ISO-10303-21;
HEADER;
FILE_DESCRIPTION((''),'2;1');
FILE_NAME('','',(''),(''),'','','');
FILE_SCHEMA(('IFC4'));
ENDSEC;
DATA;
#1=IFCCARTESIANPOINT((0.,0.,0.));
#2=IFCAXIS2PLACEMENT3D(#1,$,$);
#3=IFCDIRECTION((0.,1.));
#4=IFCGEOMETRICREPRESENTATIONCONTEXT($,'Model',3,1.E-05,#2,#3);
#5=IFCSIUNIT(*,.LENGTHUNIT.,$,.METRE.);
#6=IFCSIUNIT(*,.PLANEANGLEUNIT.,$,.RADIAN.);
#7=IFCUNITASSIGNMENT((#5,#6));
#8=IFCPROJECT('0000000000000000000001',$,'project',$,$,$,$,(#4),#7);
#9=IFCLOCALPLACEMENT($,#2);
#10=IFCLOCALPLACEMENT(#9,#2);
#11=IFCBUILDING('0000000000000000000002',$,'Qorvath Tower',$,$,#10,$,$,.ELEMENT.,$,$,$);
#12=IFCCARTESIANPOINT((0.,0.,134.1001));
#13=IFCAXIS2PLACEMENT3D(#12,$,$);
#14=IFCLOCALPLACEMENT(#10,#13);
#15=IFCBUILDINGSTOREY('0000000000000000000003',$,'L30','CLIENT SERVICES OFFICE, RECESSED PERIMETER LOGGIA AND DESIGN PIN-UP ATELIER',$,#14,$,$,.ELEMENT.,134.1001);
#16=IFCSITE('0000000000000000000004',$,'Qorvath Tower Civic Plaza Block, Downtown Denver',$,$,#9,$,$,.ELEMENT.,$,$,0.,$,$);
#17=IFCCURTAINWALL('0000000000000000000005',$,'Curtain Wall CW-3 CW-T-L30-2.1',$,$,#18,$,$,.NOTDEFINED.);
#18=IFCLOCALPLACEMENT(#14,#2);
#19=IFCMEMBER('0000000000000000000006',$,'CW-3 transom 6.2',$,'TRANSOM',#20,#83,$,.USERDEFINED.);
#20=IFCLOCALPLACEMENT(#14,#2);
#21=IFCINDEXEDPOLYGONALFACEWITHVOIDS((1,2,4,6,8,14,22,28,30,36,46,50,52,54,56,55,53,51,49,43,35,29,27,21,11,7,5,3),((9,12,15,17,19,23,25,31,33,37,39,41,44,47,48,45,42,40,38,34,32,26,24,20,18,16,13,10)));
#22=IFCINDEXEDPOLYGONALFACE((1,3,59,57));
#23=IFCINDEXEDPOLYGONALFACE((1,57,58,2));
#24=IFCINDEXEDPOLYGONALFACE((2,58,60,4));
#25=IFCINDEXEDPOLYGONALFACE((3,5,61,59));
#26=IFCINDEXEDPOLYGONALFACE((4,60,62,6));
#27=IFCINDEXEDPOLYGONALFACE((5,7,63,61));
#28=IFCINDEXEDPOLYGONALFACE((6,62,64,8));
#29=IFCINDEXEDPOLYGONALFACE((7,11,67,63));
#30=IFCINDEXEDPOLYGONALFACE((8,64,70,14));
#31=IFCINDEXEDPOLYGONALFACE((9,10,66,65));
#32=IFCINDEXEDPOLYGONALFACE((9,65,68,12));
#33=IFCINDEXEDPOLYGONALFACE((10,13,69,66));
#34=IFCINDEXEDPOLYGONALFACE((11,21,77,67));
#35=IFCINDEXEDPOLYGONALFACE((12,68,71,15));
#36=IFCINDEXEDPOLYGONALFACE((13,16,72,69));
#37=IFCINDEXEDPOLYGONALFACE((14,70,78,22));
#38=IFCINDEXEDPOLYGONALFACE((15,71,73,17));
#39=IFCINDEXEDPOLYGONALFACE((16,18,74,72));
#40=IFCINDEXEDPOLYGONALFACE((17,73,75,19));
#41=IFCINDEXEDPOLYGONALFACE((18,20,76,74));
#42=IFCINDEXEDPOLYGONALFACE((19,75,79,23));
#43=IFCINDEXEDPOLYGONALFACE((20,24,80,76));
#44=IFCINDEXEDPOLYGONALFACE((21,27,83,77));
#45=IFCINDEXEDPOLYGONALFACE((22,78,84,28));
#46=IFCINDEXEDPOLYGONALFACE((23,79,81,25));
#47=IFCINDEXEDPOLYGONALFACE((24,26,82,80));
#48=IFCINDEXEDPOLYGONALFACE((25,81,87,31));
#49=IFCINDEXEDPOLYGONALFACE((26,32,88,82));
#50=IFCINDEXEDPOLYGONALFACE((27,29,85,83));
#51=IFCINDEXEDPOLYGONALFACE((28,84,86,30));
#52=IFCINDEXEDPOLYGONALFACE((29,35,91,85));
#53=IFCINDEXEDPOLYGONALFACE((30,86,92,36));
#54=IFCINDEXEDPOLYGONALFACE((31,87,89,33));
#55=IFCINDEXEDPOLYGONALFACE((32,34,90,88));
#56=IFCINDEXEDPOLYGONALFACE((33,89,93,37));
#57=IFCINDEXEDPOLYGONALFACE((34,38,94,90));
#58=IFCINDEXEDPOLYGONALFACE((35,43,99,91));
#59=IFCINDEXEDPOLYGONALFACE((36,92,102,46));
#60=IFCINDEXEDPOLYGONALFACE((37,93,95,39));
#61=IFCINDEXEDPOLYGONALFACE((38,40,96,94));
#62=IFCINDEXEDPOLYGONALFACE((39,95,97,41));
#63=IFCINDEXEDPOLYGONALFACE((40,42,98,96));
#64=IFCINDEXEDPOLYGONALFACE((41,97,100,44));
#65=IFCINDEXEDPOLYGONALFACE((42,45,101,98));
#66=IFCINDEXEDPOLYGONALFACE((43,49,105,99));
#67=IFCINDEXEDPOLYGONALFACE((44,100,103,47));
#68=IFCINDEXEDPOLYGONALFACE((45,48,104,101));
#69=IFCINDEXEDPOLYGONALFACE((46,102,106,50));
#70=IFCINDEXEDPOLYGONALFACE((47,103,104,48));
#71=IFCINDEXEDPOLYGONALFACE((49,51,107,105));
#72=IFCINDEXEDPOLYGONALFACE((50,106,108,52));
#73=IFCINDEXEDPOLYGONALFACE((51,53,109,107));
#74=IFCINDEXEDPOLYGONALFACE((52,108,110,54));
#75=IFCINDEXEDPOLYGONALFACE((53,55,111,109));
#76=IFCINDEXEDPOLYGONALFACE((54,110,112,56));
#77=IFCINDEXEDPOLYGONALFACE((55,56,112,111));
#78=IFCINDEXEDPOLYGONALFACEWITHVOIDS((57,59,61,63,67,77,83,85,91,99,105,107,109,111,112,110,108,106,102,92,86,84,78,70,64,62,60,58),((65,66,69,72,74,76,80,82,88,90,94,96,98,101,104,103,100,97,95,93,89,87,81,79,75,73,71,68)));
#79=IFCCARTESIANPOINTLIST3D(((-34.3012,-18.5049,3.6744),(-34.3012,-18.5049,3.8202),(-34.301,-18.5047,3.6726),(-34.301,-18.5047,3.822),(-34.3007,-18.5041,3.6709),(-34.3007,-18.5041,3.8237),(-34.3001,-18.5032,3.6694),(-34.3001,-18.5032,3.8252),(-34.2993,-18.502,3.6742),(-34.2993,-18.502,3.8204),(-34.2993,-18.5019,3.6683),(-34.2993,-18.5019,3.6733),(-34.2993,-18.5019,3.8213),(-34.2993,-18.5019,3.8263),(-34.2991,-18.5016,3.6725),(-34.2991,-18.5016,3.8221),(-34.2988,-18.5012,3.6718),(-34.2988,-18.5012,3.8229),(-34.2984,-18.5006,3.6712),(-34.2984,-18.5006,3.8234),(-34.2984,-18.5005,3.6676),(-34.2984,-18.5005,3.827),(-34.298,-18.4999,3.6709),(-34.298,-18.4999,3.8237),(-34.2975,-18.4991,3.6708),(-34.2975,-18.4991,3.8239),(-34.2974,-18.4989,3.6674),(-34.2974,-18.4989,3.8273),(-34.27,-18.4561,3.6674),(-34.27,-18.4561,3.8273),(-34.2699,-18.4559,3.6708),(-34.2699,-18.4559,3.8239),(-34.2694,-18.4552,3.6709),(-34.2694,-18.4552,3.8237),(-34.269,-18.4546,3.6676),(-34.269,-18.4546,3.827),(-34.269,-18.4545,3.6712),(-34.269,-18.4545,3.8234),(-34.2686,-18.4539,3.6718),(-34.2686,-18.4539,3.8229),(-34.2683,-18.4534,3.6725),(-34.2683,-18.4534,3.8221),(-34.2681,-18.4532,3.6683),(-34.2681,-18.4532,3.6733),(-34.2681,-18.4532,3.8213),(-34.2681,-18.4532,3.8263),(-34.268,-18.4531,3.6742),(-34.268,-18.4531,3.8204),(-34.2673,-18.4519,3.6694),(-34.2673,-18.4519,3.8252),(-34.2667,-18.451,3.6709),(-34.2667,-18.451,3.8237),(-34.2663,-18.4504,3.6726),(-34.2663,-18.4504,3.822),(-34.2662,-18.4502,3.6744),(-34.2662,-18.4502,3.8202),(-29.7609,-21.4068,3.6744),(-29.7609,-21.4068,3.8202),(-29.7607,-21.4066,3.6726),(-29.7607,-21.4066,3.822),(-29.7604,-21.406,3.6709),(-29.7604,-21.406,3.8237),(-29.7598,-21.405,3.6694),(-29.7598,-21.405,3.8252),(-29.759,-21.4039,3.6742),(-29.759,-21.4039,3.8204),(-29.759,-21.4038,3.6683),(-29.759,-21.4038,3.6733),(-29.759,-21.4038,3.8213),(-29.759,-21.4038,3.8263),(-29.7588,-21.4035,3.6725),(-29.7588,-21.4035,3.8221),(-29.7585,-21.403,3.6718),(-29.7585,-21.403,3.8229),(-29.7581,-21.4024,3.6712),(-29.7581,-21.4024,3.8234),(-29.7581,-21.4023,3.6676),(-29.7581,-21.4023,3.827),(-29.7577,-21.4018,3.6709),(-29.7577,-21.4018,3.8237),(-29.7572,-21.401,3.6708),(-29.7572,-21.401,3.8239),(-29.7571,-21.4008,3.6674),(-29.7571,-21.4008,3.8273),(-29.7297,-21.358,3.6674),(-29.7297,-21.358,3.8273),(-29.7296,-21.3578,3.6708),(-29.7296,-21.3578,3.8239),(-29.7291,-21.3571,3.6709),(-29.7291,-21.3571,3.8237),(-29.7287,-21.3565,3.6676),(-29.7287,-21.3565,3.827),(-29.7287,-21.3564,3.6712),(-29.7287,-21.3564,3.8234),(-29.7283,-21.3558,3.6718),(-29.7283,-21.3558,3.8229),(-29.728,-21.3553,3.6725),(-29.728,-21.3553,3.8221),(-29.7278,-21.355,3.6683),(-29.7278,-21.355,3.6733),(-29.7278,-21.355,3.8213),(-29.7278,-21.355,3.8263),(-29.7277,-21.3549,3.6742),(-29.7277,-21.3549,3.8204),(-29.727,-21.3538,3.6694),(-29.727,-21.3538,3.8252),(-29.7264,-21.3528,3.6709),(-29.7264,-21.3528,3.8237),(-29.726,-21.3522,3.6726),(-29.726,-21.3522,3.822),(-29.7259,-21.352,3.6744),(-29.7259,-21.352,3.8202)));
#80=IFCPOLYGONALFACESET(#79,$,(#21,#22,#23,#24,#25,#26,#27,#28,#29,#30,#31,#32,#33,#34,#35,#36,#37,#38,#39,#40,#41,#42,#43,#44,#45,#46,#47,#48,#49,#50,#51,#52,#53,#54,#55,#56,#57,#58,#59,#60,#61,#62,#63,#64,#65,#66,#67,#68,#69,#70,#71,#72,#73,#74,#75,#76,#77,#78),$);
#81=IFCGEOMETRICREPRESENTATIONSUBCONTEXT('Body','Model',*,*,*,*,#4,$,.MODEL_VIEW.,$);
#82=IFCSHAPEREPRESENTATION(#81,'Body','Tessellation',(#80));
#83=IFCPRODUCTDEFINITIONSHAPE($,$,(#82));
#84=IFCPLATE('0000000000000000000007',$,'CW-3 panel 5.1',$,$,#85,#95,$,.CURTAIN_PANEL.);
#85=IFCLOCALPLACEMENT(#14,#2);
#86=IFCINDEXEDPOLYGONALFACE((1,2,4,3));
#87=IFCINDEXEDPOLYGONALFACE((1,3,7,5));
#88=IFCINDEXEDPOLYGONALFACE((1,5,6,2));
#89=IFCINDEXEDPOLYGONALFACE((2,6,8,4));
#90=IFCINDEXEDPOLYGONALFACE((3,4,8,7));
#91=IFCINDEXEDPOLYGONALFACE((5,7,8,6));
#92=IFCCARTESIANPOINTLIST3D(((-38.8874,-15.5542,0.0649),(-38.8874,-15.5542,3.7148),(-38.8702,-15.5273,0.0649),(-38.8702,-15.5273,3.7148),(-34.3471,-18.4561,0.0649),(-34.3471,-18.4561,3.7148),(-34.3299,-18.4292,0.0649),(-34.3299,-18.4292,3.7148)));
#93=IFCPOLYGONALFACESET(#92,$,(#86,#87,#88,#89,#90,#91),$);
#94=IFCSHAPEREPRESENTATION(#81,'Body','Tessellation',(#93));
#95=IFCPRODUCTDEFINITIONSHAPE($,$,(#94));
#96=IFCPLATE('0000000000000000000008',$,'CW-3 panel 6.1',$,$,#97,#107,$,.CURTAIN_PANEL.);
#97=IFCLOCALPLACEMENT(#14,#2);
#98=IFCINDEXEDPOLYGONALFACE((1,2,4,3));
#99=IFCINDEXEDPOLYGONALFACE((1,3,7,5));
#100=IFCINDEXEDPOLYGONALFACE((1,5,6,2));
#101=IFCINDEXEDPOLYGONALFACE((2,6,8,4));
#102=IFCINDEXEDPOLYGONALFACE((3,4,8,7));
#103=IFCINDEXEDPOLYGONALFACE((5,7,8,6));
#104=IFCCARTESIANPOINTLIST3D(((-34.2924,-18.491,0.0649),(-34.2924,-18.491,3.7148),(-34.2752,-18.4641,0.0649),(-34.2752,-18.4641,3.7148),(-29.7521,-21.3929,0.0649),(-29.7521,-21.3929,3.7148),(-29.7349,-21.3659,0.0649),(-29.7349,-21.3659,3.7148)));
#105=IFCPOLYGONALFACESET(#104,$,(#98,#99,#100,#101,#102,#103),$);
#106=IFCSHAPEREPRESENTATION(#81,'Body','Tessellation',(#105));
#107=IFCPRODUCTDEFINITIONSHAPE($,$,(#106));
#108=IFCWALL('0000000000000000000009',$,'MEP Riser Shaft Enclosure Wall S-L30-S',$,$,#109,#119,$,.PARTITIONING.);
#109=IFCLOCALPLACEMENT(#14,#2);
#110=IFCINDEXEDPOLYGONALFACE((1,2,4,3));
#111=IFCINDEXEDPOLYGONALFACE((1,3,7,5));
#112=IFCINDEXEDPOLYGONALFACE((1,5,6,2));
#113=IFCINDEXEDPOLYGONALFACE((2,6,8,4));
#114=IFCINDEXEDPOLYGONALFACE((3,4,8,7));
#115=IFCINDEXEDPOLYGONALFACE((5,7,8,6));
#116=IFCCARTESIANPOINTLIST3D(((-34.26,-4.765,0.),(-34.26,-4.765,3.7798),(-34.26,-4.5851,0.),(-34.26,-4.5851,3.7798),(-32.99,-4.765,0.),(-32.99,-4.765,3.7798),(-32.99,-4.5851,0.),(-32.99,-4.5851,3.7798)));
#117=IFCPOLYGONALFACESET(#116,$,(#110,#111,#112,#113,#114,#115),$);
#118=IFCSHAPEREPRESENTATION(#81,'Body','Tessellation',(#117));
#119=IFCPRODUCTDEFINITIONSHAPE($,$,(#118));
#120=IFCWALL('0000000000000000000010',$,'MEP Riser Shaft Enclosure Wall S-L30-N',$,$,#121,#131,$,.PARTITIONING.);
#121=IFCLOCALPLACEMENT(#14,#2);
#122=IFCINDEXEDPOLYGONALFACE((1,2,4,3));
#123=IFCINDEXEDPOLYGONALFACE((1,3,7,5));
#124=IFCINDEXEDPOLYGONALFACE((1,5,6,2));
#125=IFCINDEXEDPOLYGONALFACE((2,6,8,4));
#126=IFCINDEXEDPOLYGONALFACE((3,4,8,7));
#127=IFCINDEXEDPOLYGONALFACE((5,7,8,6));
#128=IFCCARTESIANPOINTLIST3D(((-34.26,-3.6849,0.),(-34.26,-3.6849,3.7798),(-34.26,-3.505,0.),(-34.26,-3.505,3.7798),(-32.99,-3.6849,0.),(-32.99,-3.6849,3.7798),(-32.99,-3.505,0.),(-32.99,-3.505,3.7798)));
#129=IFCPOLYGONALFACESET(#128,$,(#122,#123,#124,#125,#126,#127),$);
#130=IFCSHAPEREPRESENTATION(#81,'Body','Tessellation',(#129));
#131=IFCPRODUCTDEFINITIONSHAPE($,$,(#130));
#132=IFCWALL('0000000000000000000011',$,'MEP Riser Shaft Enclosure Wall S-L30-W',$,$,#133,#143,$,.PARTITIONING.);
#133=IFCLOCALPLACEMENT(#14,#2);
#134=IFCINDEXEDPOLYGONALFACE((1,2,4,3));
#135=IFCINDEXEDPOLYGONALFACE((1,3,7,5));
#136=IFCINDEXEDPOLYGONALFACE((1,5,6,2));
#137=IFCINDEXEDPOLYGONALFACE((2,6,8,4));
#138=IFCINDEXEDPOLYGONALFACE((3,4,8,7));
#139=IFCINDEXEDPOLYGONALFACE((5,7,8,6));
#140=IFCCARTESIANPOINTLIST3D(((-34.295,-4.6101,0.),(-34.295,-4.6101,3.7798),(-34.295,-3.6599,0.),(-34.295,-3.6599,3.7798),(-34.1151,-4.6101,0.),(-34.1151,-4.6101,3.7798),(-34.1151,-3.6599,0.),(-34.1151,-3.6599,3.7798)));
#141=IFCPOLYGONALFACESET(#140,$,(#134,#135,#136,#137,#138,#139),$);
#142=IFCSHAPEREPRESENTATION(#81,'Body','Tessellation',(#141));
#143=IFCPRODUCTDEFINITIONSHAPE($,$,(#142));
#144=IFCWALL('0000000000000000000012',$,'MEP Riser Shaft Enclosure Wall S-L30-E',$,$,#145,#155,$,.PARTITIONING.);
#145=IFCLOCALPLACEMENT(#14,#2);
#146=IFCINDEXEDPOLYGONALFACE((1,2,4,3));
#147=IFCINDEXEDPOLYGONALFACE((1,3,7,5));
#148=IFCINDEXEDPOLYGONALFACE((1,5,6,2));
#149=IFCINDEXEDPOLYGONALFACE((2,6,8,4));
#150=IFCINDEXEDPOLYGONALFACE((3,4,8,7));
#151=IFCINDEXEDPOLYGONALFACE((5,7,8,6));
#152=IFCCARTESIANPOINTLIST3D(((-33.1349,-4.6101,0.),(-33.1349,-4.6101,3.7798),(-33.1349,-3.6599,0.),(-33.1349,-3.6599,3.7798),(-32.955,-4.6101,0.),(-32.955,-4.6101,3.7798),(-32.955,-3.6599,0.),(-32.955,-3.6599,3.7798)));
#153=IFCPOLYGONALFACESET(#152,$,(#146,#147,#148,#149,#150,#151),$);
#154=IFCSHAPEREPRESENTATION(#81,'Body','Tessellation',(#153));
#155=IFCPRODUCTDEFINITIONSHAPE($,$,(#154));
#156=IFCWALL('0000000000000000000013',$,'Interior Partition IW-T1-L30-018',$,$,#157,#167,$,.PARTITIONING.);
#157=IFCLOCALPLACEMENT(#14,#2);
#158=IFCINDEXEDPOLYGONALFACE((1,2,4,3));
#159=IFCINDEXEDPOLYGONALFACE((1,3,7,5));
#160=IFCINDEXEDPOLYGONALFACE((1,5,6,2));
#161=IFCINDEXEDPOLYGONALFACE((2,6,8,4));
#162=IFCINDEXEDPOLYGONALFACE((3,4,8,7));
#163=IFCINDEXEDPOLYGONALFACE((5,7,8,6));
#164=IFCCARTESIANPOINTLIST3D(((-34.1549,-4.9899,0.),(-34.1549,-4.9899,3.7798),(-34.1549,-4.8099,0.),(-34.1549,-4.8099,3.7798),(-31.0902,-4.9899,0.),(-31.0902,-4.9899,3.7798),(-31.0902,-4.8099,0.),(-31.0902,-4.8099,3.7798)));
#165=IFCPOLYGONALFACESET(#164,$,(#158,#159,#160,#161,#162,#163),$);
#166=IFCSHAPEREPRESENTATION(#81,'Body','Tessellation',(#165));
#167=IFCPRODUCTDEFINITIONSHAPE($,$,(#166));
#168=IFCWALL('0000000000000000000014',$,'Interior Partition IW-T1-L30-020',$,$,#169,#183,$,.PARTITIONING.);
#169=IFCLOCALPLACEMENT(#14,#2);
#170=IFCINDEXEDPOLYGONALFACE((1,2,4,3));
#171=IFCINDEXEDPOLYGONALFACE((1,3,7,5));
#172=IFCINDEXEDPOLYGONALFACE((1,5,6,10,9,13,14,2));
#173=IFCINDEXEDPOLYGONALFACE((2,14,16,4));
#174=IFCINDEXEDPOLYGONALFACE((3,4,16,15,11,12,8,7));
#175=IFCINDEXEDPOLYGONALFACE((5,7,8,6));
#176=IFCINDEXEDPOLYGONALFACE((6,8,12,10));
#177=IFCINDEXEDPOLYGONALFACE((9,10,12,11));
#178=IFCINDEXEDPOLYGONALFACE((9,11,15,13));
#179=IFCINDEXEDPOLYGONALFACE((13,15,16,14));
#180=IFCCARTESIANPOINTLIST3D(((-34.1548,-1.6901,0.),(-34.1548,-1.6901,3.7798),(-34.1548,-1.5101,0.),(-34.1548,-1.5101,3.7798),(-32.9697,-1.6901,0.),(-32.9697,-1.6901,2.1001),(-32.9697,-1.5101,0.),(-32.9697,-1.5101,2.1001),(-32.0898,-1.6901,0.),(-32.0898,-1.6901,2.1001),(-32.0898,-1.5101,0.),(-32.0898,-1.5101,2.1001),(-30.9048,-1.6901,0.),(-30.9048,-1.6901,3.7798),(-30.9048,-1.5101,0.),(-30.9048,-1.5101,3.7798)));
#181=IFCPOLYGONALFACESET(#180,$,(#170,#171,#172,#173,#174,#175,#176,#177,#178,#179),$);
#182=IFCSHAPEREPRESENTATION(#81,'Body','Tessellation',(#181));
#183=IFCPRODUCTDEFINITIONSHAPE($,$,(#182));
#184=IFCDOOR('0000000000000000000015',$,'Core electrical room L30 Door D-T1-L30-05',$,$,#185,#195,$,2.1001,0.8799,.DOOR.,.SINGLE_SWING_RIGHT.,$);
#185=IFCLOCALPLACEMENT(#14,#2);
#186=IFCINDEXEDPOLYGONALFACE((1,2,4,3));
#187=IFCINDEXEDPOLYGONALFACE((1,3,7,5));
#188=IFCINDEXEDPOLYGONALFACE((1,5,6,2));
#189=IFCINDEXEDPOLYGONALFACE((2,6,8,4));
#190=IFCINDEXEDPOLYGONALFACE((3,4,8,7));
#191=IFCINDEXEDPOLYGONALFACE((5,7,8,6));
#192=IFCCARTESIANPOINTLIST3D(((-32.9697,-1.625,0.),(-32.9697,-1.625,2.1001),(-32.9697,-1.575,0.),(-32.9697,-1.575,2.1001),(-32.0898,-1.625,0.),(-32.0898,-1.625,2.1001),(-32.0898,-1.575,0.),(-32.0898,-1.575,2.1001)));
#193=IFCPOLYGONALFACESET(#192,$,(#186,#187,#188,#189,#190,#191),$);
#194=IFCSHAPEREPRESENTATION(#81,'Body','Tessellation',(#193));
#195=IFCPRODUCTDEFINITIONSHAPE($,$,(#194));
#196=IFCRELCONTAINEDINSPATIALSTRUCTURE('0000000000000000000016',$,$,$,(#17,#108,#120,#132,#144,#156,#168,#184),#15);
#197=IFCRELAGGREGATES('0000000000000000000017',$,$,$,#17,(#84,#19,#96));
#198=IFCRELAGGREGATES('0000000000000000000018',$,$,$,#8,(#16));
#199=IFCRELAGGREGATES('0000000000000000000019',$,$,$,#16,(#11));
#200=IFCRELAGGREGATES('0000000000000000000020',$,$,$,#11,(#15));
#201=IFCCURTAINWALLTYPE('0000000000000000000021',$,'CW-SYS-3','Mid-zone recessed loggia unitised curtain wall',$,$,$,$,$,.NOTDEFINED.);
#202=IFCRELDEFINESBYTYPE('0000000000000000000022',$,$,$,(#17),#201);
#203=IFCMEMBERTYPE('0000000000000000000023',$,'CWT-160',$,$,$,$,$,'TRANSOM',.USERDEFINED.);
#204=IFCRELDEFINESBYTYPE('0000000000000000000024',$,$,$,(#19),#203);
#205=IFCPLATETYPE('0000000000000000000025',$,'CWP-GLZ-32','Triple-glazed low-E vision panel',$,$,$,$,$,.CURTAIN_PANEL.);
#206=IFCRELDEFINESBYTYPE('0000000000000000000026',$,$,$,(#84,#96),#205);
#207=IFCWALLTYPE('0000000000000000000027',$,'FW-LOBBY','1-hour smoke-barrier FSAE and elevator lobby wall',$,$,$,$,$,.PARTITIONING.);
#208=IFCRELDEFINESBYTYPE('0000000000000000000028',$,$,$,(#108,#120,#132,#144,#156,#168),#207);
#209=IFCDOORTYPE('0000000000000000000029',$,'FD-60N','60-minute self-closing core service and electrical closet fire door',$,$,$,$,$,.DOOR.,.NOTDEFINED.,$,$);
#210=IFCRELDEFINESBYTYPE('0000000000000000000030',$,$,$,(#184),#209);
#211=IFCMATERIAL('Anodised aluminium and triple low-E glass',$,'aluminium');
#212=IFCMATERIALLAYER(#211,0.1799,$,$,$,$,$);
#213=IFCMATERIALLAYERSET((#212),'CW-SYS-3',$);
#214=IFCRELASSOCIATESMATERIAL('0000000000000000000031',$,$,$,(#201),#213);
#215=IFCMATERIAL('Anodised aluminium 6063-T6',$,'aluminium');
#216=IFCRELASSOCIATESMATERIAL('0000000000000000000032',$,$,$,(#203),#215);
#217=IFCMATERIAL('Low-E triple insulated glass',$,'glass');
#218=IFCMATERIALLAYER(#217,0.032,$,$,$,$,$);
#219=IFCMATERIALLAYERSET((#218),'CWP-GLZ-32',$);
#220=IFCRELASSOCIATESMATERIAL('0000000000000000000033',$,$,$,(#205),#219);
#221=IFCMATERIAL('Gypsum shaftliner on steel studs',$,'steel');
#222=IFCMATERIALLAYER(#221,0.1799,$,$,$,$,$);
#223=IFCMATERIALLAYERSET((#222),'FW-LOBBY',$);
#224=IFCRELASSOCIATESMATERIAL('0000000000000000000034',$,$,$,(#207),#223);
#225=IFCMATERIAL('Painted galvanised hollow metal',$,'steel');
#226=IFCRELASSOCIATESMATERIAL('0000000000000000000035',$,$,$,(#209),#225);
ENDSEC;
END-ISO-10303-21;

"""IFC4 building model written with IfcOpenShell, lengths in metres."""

from ifc_helpers import new_model, si_unit, direction, frame, frame_2d, origin, origin_2d, place, context, subcontext, project, spatial, rectangle, hollow_rectangle, extrude, material, layer, layer_set, material_profile, profile_set, type_object, element, fill, aggregate, save


model = new_model("IFC4")

# Units and contexts
model_context = context("Model", 3, precision=1e-05, world=origin(), true_north=direction((0.0, 1.0)))
body_context = subcontext(model_context, "Body", "Model", "MODEL_VIEW")
ifc_project = project(units=[si_unit("LENGTHUNIT", "METRE"), si_unit("PLANEANGLEUNIT", "RADIAN")], contexts=[model_context])

# Site, building, storey
site_placement = place(None, origin())
site = spatial("IfcSite", under=ifc_project, at=site_placement, Name="Qorvath Tower Civic Plaza Block, Downtown Denver", CompositionType="ELEMENT", RefElevation=0.0)
building_placement = place(site_placement, origin())
building = spatial("IfcBuilding", under=site, at=building_placement, Name="Qorvath Tower", CompositionType="ELEMENT")
storey_placement = place(building_placement, frame((0.0, 0.0, 134.1001)))
storey = spatial("IfcBuildingStorey", under=building, at=storey_placement, Name="L30", Description="CLIENT SERVICES OFFICE, RECESSED PERIMETER LOGGIA AND DESIGN PIN-UP ATELIER", CompositionType="ELEMENT", Elevation=134.1001)

# Curtain wall, member, plates
ifc_material_1 = material(Name="Anodised aluminium and triple low-E glass", Category="aluminium")
ifc_layer_1 = layer(ifc_material_1, 0.1799)
ifc_layer_set_1 = layer_set([ifc_layer_1], Name="CW-SYS-3")
curtain_wall_type = type_object("IfcCurtainWallType", Name="CW-SYS-3", Description="Mid-zone recessed loggia unitised curtain wall", PredefinedType="NOTDEFINED", material=ifc_layer_set_1)
curtain_wall_placement = place(storey_placement, origin())
curtain_wall = element("IfcCurtainWall", 1, at=curtain_wall_placement, inside=storey, type_object=curtain_wall_type, Name="Curtain Wall CW-3 CW-T-L30-2.1", PredefinedType="NOTDEFINED")
ifc_material_2 = material(Name="Anodised aluminium 6063-T6", Category="aluminium")
ifc_material_profile_1 = material_profile(ifc_material_2, hollow_rectangle(XDim=0.0649, YDim=0.1599, WallThickness=0.0034, InnerFilletRadius=0.0034, OuterFilletRadius=0.0071, at=origin_2d()), Name="CWT 160x65")
ifc_profile_set_1 = profile_set([ifc_material_profile_1], Name="Anodised aluminium 6063-T6")
member_type_1 = type_object("IfcMemberType", Name="CWT-160", ElementType="TRANSOM", PredefinedType="USERDEFINED", material=ifc_profile_set_1)
member_1_placement = place(storey_placement, frame((-34.2837, -18.4775, 3.7473), z_axis=(0.842602, -0.538537, 0.0), x_axis=(0.538537, 0.842602, 0.0)))
member_1 = element("IfcMember", 2, at=member_1_placement, type_object=member_type_1, Name="CW-3 transom 6.2", ObjectType="TRANSOM", PredefinedType="USERDEFINED", context=body_context, shape_type="SweptSolid", body=[
    extrude(hollow_rectangle(XDim=0.0649, YDim=0.1599, WallThickness=0.0034, InnerFilletRadius=0.0034, OuterFilletRadius=0.0071, at=origin_2d()), origin(), (0.0, 0.0, 1.0), 5.3884),
])
ifc_material_3 = material(Name="Low-E triple insulated glass", Category="glass")
ifc_layer_2 = layer(ifc_material_3, 0.032)
ifc_layer_set_2 = layer_set([ifc_layer_2], Name="CWP-GLZ-32")
plate_type = type_object("IfcPlateType", Name="CWP-GLZ-32", Description="Triple-glazed low-E vision panel", PredefinedType="CURTAIN_PANEL", material=ifc_layer_set_2)
plate_1_placement = place(storey_placement, frame((-36.6086, -16.9917, 0.0649), z_axis=(0.0, 0.0, 1.0), x_axis=(0.842604, -0.538534, 0.0)))
plate_1 = element("IfcPlate", 3, at=plate_1_placement, type_object=plate_type, Name="CW-3 panel 5.1", PredefinedType="CURTAIN_PANEL", context=body_context, shape_type="SweptSolid", body=[
    extrude(rectangle(XDim=5.3884, YDim=0.032, at=origin_2d()), origin(), (0.0, 0.0, 1.0), 3.6499),
])
plate_2_placement = place(storey_placement, frame((-32.0137, -19.9285, 0.0649), z_axis=(0.0, 0.0, 1.0), x_axis=(0.842604, -0.538534, 0.0)))
plate_2 = element("IfcPlate", 4, at=plate_2_placement, type_object=plate_type, Name="CW-3 panel 6.1", PredefinedType="CURTAIN_PANEL", context=body_context, shape_type="SweptSolid", body=[
    extrude(rectangle(XDim=5.3884, YDim=0.032, at=origin_2d()), origin(), (0.0, 0.0, 1.0), 3.6499),
])
aggregate(curtain_wall, [plate_1, member_1, plate_2])

# Walls
ifc_material_4 = material(Name="Gypsum shaftliner on steel studs", Category="steel")
ifc_layer_3 = layer(ifc_material_4, 0.1799)
ifc_layer_set_3 = layer_set([ifc_layer_3], Name="FW-LOBBY")
wall_type_1 = type_object("IfcWallType", Name="FW-LOBBY", Description="1-hour smoke-barrier FSAE and elevator lobby wall", PredefinedType="PARTITIONING", material=ifc_layer_set_3)
for number, where, z_axis, x_axis, name in (
    (5, (-32.99, -4.675, 0.0), (0.0, 0.0, 1.0), (-1.0, 0.0, 0.0), "MEP Riser Shaft Enclosure Wall S-L30-S"),
    (6, (-34.26, -3.595, 0.0), (0.0, 0.0, 1.0), (1.0, 0.0, 0.0), "MEP Riser Shaft Enclosure Wall S-L30-N"),
):
    element("IfcWall", number, at=place(storey_placement, frame(where, z_axis=z_axis, x_axis=x_axis)), inside=storey, type_object=wall_type_1, Name=name, PredefinedType="PARTITIONING", context=body_context, shape_type="SweptSolid", body=[
        extrude(rectangle(XDim=1.27, YDim=0.1799, at=frame_2d((0.635, 0.0))), origin(), (0.0, 0.0, 1.0), 3.7798),
    ])
for number, where, z_axis, x_axis, name in (
    (7, (-34.2051, -4.6101, 0.0), (0.0, 0.0, 1.0), (0.0, 1.0, 0.0), "MEP Riser Shaft Enclosure Wall S-L30-W"),
    (8, (-33.0449, -3.6599, 0.0), (0.0, 0.0, 1.0), (0.0, -1.0, 0.0), "MEP Riser Shaft Enclosure Wall S-L30-E"),
):
    element("IfcWall", number, at=place(storey_placement, frame(where, z_axis=z_axis, x_axis=x_axis)), inside=storey, type_object=wall_type_1, Name=name, PredefinedType="PARTITIONING", context=body_context, shape_type="SweptSolid", body=[
        extrude(rectangle(XDim=0.9502, YDim=0.1799, at=frame_2d((0.4751, 0.0))), origin(), (0.0, 0.0, 1.0), 3.7798),
    ])
wall_1_placement = place(storey_placement, frame((-34.1548, -4.8999, 0.0), z_axis=(0.0, 0.0, 1.0), x_axis=(1.0, 0.0, 0.0)))
element("IfcWall", 9, at=wall_1_placement, inside=storey, type_object=wall_type_1, Name="Interior Partition IW-T1-L30-018", PredefinedType="PARTITIONING", context=body_context, shape_type="SweptSolid", body=[
    extrude(rectangle(XDim=3.0647, YDim=0.1799, at=frame_2d((1.5322, 0.0))), origin(), (0.0, 0.0, 1.0), 3.7798),
])

# Wall, opening, door
wall_2_placement = place(storey_placement, frame((-30.9048, -1.6001, 0.0), z_axis=(0.0, 0.0, 1.0), x_axis=(-1.0, 0.0, 0.0)))
wall_2 = element("IfcWall", 10, at=wall_2_placement, inside=storey, type_object=wall_type_1, Name="Interior Partition IW-T1-L30-020", PredefinedType="PARTITIONING", context=body_context, shape_type="SweptSolid", body=[
    extrude(rectangle(XDim=3.25, YDim=0.1799, at=frame_2d((1.625, 0.0))), origin(), (0.0, 0.0, 1.0), 3.7798),
])
opening_1_placement = place(wall_2_placement, frame((1.1851, 0.0, 0.0)))
opening_1 = element("IfcOpeningElement", 11, at=opening_1_placement, cuts=wall_2, PredefinedType="OPENING", context=body_context, shape_type="SweptSolid", body=[
    extrude(rectangle(XDim=0.8799, YDim=2.1001, at=frame_2d((0.4399, 1.05))), frame((0.0, 0.1001, 0.0), z_axis=(0.0, -1.0, 0.0), x_axis=(1.0, 0.0, 0.0)), (0.0, 0.0, 1.0), 0.2),
])
ifc_material_5 = material(Name="Painted galvanised hollow metal", Category="steel")
door_type_1 = type_object("IfcDoorType", Name="FD-60N", Description="60-minute self-closing core service and electrical closet fire door", OperationType="NOTDEFINED", PredefinedType="DOOR", material=ifc_material_5)
door_1_placement = place(opening_1_placement, origin())
door_1 = element("IfcDoor", 12, at=door_1_placement, inside=storey, type_object=door_type_1, Name="Core electrical room L30 Door D-T1-L30-05", OperationType="SINGLE_SWING_RIGHT", OverallHeight=2.1001, OverallWidth=0.8799, PredefinedType="DOOR", context=body_context, shape_type="SweptSolid", body=[
    extrude(rectangle(XDim=0.8799, YDim=2.1001, at=frame_2d((0.4399, 1.05))), frame((0.0, 0.0249, 0.0), z_axis=(0.0, -1.0, 0.0), x_axis=(1.0, 0.0, 0.0)), (0.0, 0.0, 1.0), 0.05),
])
fill(opening_1, door_1)

save(model, "model.ifc")
